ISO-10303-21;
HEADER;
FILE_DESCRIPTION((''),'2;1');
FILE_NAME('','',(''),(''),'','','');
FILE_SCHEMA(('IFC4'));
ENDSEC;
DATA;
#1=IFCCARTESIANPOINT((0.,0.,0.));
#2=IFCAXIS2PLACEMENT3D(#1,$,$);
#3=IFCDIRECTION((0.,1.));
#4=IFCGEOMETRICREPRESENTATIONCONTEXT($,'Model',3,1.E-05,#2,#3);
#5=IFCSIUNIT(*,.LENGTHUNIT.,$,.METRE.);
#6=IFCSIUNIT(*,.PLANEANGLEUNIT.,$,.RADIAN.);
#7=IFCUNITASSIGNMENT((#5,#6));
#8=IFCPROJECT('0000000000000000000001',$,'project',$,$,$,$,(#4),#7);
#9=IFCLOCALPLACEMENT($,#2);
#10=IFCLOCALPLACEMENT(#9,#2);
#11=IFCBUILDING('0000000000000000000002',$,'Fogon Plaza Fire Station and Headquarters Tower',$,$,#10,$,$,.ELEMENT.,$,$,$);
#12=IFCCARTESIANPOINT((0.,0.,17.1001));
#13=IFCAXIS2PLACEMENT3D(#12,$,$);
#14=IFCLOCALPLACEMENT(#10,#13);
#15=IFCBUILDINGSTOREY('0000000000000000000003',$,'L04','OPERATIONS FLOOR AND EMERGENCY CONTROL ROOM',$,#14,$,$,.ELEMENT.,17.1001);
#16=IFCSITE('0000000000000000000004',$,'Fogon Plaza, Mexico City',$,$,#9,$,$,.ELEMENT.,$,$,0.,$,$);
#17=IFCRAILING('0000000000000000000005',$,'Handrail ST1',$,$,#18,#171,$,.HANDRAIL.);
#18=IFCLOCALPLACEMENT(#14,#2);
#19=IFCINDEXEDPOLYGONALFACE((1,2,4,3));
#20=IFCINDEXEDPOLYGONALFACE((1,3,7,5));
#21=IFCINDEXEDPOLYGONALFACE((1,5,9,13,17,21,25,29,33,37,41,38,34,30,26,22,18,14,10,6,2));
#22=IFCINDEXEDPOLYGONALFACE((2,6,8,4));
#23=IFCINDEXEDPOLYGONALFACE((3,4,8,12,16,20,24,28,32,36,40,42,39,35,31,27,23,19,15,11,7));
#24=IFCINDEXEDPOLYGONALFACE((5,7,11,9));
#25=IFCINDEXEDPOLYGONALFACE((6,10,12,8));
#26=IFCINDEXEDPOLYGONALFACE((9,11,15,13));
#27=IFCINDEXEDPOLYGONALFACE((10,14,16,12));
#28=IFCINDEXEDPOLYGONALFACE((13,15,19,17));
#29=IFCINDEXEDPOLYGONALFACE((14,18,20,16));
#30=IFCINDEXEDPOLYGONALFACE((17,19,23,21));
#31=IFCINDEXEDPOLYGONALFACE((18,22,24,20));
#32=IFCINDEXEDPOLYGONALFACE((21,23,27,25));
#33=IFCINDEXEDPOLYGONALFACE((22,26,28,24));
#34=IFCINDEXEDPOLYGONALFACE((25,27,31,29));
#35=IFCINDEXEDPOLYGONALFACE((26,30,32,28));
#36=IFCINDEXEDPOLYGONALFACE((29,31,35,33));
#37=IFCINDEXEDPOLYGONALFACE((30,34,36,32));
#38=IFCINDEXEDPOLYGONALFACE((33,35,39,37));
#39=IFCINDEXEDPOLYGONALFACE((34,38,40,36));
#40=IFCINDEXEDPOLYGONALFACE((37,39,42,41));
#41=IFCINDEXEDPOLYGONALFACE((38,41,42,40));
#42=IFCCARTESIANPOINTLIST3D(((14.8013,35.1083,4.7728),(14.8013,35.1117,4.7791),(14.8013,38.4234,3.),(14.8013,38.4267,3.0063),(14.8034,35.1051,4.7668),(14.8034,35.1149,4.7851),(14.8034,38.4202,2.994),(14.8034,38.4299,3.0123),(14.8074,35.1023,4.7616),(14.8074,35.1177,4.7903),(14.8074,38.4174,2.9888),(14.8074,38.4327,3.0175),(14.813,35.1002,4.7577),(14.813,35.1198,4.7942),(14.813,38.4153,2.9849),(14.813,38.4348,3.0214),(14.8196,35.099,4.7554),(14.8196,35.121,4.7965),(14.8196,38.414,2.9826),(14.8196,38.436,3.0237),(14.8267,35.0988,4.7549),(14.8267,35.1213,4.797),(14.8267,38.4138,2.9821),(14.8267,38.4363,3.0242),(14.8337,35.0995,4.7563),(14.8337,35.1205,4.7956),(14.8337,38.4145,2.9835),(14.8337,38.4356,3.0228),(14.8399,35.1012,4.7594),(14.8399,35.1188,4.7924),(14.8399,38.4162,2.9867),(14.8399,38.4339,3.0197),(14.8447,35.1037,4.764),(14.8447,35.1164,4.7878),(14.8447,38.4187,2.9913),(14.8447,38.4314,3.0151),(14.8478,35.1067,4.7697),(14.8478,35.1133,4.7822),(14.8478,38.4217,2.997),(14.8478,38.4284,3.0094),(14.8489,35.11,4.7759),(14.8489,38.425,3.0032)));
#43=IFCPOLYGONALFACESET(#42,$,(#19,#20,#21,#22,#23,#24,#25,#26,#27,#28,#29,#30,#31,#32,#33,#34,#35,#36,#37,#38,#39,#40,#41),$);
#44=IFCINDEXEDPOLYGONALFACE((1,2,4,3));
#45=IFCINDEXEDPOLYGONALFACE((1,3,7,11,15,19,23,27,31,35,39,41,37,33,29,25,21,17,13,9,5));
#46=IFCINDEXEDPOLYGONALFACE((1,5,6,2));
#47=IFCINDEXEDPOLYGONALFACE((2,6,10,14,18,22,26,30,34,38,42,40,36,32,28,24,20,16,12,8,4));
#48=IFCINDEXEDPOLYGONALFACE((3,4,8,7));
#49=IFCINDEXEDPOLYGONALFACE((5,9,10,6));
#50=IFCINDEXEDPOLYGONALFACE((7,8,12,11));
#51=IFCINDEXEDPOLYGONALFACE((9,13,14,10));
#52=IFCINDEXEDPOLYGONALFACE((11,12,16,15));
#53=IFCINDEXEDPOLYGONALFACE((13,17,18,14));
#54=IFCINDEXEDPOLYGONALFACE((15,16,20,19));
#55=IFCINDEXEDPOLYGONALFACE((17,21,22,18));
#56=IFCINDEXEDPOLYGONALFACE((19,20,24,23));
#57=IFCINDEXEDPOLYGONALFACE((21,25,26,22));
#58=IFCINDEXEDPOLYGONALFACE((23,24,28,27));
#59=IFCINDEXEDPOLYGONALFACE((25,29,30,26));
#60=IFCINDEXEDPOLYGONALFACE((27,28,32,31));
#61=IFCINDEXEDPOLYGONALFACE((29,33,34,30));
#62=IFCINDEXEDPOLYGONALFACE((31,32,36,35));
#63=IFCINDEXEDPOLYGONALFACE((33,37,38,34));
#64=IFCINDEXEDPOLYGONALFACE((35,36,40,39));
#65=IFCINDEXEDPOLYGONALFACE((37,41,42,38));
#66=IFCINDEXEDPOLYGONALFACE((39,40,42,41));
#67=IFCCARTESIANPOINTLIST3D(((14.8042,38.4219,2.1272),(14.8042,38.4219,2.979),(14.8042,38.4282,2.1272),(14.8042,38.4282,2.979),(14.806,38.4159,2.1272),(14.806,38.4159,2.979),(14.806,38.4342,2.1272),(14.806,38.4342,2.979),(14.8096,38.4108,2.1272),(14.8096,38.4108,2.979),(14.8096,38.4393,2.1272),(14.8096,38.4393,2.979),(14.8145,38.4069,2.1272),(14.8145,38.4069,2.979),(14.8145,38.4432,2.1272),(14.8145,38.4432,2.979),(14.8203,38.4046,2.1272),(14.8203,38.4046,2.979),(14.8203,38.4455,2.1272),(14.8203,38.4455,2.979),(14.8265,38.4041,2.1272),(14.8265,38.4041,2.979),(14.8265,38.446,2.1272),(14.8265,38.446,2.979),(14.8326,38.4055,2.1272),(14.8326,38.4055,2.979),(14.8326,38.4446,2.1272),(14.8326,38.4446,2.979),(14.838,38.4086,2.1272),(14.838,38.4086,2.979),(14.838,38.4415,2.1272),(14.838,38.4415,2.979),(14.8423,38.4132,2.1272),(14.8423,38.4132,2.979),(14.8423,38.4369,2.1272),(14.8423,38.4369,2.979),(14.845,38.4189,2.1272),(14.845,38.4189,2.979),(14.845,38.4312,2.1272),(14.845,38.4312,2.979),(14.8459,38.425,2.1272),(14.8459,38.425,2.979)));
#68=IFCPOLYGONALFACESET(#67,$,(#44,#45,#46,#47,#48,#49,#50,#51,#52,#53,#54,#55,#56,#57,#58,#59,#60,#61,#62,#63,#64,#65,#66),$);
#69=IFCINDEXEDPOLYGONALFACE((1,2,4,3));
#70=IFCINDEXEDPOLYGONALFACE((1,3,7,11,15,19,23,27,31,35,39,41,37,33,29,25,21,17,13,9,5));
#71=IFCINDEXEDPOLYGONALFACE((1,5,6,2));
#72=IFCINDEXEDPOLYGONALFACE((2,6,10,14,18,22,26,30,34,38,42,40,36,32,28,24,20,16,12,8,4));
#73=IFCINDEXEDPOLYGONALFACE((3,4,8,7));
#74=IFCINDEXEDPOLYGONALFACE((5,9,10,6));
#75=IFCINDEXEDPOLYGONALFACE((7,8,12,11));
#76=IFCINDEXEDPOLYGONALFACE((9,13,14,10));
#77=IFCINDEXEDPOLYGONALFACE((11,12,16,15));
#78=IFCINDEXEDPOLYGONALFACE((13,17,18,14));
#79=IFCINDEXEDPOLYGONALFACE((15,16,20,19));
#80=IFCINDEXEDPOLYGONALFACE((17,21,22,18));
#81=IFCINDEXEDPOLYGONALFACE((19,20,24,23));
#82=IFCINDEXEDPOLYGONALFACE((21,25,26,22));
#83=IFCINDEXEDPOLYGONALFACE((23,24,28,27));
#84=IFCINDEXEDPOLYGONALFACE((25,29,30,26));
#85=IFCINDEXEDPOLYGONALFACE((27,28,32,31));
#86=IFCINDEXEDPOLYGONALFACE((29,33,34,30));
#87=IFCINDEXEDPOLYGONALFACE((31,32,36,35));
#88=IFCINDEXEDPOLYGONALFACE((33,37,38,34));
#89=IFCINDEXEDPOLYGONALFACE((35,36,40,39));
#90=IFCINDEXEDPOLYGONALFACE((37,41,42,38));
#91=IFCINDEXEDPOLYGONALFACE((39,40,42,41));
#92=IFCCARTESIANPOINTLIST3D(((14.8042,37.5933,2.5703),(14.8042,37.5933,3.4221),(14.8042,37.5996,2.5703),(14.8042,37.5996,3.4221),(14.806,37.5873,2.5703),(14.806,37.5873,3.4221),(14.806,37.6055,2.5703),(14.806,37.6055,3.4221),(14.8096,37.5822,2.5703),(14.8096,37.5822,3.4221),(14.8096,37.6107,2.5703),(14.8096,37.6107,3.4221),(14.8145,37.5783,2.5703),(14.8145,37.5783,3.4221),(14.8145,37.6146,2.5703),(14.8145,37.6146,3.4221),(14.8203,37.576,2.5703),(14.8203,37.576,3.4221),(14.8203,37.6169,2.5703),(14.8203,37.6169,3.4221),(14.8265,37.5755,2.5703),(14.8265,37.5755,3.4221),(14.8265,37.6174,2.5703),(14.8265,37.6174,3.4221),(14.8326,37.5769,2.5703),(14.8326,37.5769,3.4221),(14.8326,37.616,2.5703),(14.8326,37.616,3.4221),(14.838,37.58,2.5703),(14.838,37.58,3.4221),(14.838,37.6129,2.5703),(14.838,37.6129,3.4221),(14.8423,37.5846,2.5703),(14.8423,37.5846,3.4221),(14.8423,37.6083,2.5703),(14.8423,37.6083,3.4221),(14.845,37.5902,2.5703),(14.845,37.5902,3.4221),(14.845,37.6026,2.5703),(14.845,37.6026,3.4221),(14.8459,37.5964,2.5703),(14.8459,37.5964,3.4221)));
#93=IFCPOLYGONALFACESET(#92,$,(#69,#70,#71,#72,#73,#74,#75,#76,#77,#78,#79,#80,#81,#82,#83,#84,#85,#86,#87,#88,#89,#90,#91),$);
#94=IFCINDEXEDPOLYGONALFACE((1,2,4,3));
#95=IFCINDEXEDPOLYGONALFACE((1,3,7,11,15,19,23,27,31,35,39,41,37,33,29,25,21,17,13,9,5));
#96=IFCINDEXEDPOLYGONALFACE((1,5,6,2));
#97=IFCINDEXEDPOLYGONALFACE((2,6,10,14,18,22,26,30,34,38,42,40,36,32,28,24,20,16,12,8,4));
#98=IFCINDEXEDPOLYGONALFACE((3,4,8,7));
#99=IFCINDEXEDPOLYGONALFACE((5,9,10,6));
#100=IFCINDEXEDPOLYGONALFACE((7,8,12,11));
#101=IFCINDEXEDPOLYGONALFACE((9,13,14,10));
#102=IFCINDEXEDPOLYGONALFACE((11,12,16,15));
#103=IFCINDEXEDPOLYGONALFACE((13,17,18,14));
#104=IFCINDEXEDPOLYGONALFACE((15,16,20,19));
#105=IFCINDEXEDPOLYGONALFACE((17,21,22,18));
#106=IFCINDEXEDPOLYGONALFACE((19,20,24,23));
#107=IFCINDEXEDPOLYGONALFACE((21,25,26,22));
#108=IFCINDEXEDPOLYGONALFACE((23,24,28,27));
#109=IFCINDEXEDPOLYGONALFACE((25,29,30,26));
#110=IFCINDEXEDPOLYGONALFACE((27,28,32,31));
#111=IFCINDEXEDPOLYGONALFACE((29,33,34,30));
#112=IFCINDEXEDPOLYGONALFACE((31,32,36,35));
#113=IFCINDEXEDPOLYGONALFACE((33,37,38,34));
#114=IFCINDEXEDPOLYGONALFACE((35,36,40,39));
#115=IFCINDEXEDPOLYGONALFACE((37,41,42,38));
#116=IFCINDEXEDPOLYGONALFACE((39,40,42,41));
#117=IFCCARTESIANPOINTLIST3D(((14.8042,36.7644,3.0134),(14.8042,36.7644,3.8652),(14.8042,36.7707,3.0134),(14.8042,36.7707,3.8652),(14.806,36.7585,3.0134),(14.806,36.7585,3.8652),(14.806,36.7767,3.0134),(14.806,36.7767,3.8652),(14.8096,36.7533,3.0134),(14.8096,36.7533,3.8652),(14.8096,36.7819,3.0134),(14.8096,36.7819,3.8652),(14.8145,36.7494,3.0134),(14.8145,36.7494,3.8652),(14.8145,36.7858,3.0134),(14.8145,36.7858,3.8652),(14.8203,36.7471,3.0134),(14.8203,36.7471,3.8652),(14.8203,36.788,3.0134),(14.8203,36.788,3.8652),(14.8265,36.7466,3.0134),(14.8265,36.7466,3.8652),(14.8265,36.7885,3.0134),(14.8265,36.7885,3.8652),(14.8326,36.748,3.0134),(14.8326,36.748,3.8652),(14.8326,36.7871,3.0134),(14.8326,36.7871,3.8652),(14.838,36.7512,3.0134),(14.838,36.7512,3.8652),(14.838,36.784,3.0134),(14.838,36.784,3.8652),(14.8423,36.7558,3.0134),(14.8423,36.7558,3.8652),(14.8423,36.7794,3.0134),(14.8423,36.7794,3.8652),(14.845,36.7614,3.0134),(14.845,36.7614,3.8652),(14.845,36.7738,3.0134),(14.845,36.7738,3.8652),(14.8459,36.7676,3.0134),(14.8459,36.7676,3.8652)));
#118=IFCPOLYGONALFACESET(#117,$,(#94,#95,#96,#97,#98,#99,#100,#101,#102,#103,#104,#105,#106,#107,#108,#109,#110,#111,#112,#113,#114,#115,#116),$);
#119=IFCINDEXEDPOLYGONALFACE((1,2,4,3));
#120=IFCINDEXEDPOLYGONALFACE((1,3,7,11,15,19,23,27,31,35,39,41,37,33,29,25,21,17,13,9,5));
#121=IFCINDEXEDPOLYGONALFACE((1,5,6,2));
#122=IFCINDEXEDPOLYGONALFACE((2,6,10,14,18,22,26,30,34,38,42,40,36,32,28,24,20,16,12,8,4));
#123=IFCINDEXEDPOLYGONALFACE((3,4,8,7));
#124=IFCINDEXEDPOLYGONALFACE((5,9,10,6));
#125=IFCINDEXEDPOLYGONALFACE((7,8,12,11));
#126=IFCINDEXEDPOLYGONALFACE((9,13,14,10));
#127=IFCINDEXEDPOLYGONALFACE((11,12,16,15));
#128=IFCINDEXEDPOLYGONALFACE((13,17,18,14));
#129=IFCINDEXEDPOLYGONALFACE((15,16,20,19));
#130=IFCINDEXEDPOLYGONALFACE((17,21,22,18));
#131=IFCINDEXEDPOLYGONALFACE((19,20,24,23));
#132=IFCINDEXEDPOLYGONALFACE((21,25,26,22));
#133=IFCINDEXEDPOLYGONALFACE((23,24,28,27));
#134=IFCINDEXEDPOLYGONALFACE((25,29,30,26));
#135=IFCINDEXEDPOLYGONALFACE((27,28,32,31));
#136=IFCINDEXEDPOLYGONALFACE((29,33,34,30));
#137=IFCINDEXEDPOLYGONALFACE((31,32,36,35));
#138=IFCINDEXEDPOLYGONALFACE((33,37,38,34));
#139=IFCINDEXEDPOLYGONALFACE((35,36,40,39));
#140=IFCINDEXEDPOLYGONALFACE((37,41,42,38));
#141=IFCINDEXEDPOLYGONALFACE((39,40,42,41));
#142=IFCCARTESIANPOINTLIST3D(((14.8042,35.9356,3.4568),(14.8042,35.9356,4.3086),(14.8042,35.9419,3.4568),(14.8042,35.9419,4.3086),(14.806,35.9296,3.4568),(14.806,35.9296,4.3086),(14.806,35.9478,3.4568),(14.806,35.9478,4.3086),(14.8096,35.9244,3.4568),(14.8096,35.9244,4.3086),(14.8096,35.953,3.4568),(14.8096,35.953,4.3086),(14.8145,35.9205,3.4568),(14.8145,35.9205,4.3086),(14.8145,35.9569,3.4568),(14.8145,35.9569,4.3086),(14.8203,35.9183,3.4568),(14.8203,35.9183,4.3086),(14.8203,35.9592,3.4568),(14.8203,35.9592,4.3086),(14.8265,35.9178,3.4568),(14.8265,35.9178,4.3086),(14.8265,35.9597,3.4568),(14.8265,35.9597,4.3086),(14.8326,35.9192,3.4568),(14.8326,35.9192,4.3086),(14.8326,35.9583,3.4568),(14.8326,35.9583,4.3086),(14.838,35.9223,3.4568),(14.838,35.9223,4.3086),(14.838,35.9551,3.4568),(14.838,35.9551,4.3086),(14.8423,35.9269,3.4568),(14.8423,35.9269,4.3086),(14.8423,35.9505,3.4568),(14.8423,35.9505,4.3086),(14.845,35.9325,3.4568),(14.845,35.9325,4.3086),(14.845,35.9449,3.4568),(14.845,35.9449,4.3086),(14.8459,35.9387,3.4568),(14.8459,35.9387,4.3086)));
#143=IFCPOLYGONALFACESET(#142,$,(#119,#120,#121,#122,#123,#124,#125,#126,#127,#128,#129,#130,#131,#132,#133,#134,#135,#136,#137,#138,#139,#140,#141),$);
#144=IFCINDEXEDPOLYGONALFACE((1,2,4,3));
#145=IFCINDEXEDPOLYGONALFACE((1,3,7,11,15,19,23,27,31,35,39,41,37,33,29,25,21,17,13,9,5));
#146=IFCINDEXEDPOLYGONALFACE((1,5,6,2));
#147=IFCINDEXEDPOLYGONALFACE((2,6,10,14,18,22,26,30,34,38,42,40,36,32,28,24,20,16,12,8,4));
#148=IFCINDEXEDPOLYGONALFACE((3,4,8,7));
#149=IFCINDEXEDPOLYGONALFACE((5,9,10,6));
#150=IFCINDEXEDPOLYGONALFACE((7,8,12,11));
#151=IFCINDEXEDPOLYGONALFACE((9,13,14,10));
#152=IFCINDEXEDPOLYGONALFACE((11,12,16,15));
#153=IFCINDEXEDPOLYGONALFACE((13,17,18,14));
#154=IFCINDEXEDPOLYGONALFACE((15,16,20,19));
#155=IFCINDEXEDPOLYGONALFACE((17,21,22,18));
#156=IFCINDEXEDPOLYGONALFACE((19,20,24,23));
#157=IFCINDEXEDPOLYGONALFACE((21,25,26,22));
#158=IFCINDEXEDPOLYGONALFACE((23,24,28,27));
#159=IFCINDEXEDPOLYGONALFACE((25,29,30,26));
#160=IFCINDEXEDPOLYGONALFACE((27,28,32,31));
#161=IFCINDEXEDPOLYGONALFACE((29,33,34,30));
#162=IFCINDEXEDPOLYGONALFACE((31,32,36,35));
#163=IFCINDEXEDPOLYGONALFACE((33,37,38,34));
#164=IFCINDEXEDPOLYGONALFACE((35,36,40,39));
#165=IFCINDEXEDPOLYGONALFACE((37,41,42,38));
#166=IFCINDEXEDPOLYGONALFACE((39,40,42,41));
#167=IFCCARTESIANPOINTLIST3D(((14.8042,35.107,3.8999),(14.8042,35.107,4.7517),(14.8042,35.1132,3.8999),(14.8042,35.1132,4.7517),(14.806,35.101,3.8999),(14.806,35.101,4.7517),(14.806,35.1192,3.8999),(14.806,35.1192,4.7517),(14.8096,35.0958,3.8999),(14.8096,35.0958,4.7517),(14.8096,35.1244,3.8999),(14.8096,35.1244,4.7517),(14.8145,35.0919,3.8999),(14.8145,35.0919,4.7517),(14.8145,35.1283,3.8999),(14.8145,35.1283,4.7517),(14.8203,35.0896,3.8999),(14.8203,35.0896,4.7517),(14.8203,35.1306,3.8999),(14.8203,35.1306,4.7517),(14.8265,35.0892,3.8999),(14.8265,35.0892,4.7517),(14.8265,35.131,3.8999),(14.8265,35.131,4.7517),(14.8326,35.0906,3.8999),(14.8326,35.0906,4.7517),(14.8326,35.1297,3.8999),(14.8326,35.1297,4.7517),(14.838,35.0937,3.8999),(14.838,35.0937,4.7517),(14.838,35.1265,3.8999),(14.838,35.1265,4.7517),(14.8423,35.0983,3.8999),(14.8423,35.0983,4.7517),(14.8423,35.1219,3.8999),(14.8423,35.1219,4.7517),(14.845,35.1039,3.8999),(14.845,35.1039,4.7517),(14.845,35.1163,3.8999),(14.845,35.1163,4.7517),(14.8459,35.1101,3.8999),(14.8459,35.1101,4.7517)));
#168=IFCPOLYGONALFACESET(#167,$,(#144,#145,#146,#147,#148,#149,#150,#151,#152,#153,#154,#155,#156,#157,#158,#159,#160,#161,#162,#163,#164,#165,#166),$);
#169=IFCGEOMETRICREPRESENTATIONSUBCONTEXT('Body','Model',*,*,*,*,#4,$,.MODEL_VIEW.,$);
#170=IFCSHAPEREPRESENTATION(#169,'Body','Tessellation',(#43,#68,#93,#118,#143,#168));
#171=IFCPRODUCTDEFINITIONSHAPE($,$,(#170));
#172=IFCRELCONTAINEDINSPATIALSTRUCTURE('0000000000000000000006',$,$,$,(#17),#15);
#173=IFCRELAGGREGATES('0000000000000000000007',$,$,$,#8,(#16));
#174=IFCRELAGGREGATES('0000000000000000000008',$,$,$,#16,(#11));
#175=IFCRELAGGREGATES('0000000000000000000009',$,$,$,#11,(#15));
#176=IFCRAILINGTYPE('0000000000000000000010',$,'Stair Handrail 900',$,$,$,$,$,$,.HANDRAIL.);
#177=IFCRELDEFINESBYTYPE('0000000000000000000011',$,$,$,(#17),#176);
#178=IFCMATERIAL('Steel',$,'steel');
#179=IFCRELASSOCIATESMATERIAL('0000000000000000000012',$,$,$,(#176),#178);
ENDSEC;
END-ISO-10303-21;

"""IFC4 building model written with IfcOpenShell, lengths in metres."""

from ifc_helpers import new_model, si_unit, direction, frame, origin, origin_2d, place, context, subcontext, project, spatial, circle, extrude, material, type_object, element, save


model = new_model("IFC4")

# Units and contexts
model_context = context("Model", 3, precision=1e-05, world=origin(), true_north=direction((0.0, 1.0)))
body_context = subcontext(model_context, "Body", "Model", "MODEL_VIEW")
ifc_project = project(units=[si_unit("LENGTHUNIT", "METRE"), si_unit("PLANEANGLEUNIT", "RADIAN")], contexts=[model_context])

# Site, building, storey
site_placement = place(None, origin())
site = spatial("IfcSite", under=ifc_project, at=site_placement, Name="Fogon Plaza, Mexico City", CompositionType="ELEMENT", RefElevation=0.0)
building_placement = place(site_placement, origin())
building = spatial("IfcBuilding", under=site, at=building_placement, Name="Fogon Plaza Fire Station and Headquarters Tower", CompositionType="ELEMENT")
storey_placement = place(building_placement, frame((0.0, 0.0, 17.1001)))
storey = spatial("IfcBuildingStorey", under=building, at=storey_placement, Name="L04", Description="OPERATIONS FLOOR AND EMERGENCY CONTROL ROOM", CompositionType="ELEMENT", Elevation=17.1001)

# Railing
ifc_material_1 = material(Name="Steel", Category="steel")
railing_type = type_object("IfcRailingType", Name="Stair Handrail 900", PredefinedType="HANDRAIL", material=ifc_material_1)
for number, where, name in (
    (1, (14.825, 38.425, 2.1272), "Handrail ST1"),
):
    element("IfcRailing", number, at=place(storey_placement, frame(where)), inside=storey, type_object=railing_type, Name=name, PredefinedType="HANDRAIL", context=body_context, shape_type="SweptSolid", body=[
        extrude(circle(Radius=0.0239, at=origin_2d()), frame((0.0, 0.0, 0.876), z_axis=(0.0, -0.881829, 0.471569), x_axis=(1.0, 0.0, 0.0)), (0.0, 0.0, 1.0), 3.7593),
        extrude(circle(Radius=0.021, at=origin_2d()), origin(), (0.0, 0.0, 1.0), 0.8518),
        extrude(circle(Radius=0.021, at=origin_2d()), frame((0.0, -0.8286, 0.4431)), (0.0, 0.0, 1.0), 0.8518),
        extrude(circle(Radius=0.021, at=origin_2d()), frame((0.0, -1.6575, 0.8862)), (0.0, 0.0, 1.0), 0.8518),
        extrude(circle(Radius=0.021, at=origin_2d()), frame((0.0, -2.4863, 1.3296)), (0.0, 0.0, 1.0), 0.8518),
        extrude(circle(Radius=0.021, at=origin_2d()), frame((0.0, -3.3149, 1.7727)), (0.0, 0.0, 1.0), 0.8518),
    ])

save(model, "model.ifc")
